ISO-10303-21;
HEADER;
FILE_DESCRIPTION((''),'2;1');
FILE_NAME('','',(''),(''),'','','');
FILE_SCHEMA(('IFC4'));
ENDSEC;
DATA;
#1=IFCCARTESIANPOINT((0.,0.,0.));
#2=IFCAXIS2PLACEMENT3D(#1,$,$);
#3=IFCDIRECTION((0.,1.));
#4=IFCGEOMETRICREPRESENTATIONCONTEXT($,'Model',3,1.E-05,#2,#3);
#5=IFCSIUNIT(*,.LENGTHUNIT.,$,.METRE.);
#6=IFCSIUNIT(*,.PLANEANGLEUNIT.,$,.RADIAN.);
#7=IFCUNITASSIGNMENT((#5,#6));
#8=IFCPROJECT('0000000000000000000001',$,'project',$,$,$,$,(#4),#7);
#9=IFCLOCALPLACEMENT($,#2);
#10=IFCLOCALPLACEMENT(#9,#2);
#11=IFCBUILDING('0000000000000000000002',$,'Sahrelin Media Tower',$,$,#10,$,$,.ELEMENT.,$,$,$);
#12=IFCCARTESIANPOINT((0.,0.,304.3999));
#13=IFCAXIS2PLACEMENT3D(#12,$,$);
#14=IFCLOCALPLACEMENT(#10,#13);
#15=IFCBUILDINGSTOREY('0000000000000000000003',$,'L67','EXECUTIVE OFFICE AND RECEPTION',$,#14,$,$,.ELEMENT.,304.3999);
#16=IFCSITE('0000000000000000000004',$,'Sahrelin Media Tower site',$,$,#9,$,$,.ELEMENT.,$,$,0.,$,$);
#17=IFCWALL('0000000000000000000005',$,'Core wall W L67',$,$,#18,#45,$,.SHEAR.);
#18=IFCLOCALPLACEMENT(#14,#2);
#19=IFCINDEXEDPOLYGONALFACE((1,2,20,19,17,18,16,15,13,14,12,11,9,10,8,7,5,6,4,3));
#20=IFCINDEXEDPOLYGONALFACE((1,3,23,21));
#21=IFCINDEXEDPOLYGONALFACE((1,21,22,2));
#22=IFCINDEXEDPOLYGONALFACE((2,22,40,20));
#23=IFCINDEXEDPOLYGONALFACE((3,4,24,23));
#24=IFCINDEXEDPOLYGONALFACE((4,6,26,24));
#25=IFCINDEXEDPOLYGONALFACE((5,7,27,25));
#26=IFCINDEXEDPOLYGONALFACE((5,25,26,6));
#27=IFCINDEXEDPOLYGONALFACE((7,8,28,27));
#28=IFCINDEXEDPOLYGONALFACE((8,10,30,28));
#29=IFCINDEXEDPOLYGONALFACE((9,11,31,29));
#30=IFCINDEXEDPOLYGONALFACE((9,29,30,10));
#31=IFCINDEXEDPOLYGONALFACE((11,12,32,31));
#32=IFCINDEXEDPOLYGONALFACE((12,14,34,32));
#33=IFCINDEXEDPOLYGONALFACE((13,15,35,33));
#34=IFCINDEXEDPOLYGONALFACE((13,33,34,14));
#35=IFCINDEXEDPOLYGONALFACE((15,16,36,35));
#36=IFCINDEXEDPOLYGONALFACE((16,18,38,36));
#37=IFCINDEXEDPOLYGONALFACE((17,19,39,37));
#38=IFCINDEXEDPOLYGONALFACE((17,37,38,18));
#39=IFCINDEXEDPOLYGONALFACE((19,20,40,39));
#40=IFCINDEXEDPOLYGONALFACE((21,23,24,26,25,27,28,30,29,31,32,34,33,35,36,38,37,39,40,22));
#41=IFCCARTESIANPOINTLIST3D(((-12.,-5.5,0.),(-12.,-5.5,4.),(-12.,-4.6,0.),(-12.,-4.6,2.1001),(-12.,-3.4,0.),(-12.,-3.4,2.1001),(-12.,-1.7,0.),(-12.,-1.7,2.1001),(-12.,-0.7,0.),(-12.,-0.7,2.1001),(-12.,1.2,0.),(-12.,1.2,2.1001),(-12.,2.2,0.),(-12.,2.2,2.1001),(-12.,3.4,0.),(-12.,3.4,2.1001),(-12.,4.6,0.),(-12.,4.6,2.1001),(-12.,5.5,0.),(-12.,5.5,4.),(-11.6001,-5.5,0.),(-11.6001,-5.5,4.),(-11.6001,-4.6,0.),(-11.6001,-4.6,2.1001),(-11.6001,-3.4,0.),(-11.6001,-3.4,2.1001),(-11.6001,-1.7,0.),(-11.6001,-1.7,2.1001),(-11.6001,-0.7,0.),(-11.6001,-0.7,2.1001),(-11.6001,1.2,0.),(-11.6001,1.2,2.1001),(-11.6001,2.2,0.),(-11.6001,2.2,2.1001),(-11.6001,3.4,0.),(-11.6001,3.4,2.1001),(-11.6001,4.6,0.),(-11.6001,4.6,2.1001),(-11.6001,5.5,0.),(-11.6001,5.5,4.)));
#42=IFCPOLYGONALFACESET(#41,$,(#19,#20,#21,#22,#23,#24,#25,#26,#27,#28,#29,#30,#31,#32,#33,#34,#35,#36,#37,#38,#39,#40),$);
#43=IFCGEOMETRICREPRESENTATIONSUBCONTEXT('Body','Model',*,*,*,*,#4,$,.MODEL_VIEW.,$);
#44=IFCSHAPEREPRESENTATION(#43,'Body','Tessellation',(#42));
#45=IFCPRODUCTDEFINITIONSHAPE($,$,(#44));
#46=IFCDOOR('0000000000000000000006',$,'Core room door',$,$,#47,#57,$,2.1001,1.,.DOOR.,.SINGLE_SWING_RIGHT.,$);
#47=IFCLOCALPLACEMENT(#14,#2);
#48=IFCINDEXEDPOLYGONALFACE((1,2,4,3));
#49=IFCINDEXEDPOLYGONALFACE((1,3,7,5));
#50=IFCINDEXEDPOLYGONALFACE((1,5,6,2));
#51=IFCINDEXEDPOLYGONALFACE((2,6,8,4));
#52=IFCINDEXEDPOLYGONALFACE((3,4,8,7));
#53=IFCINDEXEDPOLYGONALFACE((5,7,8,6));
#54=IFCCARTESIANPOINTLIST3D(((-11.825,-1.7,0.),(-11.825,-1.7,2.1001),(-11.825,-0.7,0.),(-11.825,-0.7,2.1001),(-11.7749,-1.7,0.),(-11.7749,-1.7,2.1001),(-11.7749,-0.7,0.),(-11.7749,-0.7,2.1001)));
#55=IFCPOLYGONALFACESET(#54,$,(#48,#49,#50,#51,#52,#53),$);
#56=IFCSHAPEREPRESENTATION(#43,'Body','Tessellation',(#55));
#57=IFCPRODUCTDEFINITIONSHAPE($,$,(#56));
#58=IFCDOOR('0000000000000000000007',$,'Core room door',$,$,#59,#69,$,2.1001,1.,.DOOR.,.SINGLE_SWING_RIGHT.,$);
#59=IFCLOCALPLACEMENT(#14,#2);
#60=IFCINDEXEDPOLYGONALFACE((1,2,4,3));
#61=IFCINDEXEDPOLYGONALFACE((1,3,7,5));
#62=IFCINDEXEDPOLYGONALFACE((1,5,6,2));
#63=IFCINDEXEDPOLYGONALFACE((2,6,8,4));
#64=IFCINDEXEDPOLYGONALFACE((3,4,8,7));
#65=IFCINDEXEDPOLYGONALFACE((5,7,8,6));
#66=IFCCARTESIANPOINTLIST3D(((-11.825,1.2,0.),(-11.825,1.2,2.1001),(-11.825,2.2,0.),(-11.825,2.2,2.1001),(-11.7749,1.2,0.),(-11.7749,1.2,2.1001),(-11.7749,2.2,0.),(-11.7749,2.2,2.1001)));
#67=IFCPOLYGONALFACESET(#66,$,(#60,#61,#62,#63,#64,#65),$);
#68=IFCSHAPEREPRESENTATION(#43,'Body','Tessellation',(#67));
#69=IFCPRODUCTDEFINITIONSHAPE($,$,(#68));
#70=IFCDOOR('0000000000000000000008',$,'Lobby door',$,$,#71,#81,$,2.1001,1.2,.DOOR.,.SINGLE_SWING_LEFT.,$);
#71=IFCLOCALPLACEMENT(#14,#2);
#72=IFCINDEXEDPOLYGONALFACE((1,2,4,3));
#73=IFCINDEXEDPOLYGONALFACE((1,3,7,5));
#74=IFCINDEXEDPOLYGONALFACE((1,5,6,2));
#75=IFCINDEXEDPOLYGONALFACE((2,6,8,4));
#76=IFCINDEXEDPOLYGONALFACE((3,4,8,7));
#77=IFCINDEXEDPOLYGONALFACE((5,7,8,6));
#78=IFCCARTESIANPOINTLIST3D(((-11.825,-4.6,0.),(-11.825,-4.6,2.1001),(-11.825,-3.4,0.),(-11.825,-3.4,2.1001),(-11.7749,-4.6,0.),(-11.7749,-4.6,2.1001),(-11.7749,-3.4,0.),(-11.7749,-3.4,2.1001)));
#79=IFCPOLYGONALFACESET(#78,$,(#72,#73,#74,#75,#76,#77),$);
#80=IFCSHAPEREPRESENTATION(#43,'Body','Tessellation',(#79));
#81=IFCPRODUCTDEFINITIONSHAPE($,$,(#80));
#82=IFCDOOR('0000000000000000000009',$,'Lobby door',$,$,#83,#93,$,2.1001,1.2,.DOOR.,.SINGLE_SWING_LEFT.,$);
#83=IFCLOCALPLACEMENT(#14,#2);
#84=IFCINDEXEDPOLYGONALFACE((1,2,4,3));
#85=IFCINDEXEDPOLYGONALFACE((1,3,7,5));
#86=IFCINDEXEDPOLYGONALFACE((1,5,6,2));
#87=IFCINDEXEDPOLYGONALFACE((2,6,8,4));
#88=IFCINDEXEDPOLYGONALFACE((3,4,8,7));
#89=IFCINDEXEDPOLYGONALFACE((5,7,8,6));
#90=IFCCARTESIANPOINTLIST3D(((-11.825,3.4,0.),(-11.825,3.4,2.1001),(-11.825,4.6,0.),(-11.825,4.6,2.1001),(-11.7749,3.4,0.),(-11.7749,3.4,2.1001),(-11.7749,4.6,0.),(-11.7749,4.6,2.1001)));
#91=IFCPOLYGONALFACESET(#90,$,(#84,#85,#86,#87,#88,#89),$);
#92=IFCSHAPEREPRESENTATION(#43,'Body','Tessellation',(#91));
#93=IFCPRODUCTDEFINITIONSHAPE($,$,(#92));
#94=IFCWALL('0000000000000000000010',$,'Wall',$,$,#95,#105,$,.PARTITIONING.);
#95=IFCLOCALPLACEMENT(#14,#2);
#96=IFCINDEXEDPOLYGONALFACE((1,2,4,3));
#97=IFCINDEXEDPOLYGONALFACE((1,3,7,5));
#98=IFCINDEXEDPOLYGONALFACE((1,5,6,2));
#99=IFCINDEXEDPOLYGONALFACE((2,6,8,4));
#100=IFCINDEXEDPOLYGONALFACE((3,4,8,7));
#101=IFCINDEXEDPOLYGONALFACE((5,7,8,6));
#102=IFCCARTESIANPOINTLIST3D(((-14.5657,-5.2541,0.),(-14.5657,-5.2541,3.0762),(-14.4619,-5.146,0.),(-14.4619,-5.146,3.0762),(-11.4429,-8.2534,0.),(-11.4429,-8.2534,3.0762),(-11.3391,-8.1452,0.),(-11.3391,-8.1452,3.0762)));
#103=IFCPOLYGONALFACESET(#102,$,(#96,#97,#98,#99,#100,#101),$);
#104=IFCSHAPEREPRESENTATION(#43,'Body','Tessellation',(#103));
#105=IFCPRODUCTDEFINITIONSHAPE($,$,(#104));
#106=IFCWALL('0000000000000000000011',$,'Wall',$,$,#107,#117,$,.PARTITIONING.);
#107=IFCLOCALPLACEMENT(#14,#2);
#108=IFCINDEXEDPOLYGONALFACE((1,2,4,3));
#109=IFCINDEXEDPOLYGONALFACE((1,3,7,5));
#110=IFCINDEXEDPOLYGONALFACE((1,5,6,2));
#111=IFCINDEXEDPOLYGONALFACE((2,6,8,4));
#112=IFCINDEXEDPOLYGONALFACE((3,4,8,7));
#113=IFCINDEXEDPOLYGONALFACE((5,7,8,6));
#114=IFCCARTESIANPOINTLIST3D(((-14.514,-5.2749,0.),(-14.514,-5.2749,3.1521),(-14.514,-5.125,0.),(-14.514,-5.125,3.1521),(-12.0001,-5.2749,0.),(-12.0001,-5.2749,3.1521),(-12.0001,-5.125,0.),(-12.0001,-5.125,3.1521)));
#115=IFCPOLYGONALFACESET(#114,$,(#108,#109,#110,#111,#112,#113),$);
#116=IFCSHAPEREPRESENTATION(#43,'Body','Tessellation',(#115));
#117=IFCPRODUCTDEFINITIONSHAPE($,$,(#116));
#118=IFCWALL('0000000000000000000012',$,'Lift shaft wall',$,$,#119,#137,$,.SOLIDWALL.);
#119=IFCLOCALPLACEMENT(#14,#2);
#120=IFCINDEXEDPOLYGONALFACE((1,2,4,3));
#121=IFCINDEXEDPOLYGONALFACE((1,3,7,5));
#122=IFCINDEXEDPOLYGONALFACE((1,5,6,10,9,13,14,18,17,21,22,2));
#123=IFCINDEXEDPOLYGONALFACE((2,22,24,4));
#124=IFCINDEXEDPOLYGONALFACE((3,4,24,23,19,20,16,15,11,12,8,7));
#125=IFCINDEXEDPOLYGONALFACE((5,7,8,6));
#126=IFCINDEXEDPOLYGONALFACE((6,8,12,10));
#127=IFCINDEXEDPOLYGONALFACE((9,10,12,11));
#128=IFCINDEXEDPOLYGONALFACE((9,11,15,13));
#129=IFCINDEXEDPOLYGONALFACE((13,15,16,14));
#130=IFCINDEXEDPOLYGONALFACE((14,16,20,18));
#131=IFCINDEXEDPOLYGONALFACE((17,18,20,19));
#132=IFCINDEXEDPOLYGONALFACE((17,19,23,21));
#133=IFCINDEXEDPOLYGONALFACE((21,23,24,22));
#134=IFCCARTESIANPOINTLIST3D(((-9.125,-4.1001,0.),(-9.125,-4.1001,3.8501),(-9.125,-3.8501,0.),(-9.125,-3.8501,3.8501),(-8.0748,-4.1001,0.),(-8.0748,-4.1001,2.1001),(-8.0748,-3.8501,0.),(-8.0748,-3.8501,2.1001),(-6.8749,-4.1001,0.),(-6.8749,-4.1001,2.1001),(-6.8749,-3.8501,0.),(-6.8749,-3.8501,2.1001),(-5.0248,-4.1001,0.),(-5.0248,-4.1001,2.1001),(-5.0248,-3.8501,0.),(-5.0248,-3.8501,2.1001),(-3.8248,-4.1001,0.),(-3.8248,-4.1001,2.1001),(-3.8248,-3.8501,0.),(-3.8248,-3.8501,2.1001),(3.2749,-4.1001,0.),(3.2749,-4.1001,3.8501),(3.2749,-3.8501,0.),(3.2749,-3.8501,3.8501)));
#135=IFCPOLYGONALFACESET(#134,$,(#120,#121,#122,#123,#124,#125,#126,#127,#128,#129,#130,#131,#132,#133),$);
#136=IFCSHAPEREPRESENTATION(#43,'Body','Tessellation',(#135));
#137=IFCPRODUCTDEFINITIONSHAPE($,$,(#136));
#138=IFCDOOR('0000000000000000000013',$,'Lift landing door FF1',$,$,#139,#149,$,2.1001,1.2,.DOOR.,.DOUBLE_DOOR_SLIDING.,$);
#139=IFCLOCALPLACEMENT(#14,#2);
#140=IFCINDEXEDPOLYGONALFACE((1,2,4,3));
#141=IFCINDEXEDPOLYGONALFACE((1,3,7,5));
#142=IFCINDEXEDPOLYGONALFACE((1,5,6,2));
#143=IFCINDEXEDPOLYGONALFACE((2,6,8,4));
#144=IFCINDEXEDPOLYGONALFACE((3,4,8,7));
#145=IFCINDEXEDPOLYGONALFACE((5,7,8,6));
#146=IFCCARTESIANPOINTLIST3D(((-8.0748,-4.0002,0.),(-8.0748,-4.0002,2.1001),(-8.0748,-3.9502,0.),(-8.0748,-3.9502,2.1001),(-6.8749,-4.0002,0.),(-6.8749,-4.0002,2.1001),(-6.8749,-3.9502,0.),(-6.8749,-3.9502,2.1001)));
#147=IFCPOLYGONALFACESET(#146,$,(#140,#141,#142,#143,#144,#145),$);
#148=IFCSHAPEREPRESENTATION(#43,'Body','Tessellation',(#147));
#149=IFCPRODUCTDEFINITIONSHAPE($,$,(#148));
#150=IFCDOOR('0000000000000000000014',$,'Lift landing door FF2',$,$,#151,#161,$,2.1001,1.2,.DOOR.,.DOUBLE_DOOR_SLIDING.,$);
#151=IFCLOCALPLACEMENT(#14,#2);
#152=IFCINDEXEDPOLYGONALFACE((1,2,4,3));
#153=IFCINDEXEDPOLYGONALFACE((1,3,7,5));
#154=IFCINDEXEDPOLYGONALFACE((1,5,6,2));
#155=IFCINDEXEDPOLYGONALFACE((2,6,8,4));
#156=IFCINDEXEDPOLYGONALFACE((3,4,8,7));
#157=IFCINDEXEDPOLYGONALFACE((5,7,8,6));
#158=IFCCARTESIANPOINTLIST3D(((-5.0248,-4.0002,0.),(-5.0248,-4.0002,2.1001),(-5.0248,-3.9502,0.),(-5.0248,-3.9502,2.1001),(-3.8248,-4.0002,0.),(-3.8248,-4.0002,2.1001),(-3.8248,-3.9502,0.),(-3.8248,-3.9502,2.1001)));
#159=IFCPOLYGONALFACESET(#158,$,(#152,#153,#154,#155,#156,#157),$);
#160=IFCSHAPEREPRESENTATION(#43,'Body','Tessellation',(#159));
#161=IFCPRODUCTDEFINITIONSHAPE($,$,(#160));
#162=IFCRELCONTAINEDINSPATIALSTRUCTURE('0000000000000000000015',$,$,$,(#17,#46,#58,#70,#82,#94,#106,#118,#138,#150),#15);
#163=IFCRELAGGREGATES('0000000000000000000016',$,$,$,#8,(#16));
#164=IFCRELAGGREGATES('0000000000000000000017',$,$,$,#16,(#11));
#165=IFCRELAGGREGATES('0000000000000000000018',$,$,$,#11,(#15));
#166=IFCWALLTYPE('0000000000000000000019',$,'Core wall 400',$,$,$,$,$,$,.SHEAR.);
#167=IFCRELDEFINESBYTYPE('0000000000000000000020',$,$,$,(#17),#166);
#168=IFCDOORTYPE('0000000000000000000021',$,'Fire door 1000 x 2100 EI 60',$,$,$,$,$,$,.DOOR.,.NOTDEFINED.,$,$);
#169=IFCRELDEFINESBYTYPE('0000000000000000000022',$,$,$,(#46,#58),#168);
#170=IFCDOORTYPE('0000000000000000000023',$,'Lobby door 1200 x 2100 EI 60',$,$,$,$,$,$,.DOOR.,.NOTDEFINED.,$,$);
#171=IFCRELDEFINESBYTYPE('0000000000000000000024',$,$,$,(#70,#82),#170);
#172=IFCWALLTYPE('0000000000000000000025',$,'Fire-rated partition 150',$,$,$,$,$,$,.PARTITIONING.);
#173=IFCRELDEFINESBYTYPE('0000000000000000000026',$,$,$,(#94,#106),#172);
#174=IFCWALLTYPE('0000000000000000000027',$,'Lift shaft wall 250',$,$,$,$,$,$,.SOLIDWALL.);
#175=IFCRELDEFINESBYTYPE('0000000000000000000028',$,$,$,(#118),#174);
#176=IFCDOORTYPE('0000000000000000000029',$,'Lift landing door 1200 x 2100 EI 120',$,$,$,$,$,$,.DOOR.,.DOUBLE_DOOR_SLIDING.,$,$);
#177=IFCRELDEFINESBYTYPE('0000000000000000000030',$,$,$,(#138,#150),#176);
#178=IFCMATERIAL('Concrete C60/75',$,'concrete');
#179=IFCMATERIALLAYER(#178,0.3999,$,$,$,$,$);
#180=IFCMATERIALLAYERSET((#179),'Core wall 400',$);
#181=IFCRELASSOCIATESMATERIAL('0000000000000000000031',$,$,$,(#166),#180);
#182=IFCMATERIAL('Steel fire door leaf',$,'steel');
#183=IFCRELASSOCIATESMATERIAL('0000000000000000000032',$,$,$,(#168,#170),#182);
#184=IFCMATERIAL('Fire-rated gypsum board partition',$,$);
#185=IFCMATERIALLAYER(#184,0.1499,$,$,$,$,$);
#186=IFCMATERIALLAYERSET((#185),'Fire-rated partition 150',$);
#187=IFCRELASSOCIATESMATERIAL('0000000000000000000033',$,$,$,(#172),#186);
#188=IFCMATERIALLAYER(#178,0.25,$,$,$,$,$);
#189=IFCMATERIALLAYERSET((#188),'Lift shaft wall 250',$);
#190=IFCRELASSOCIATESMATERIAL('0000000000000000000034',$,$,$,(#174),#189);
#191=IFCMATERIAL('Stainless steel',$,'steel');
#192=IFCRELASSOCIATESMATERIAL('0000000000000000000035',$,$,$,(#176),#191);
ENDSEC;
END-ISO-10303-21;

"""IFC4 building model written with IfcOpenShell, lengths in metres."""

from ifc_helpers import new_model, si_unit, direction, frame, frame_2d, origin, place, context, subcontext, project, spatial, rectangle, extrude, material, layer, layer_set, type_object, element, fill, save


model = new_model("IFC4")

# Units and contexts
model_context = context("Model", 3, precision=1e-05, world=origin(), true_north=direction((0.0, 1.0)))
body_context = subcontext(model_context, "Body", "Model", "MODEL_VIEW")
ifc_project = project(units=[si_unit("LENGTHUNIT", "METRE"), si_unit("PLANEANGLEUNIT", "RADIAN")], contexts=[model_context])

# Site, building, storey
site_placement = place(None, origin())
site = spatial("IfcSite", under=ifc_project, at=site_placement, Name="Sahrelin Media Tower site", CompositionType="ELEMENT", RefElevation=0.0)
building_placement = place(site_placement, origin())
building = spatial("IfcBuilding", under=site, at=building_placement, Name="Sahrelin Media Tower", CompositionType="ELEMENT")
storey_placement = place(building_placement, frame((0.0, 0.0, 304.3999)))
storey = spatial("IfcBuildingStorey", under=building, at=storey_placement, Name="L67", Description="EXECUTIVE OFFICE AND RECEPTION", CompositionType="ELEMENT", Elevation=304.3999)

# Shared definitions
ifc_material_1 = material(Name="Concrete C60/75", Category="concrete")
ifc_layer_1 = layer(ifc_material_1, 0.3999)
ifc_layer_set_1 = layer_set([ifc_layer_1], Name="Core wall 400")
wall_type_1 = type_object("IfcWallType", Name="Core wall 400", PredefinedType="SHEAR", material=ifc_layer_set_1)

# Wall, openings, doors
wall_1_placement = place(storey_placement, frame((-11.8, -5.5, 0.0), z_axis=(0.0, 0.0, 1.0), x_axis=(0.0, 1.0, 0.0)))
wall_1 = element("IfcWall", 1, at=wall_1_placement, inside=storey, type_object=wall_type_1, Name="Core wall W L67", PredefinedType="SHEAR", context=body_context, shape_type="SweptSolid", body=[
    extrude(rectangle(XDim=11.0, YDim=0.3999, at=frame_2d((5.5, 0.0))), origin(), (0.0, 0.0, 1.0), 4.0),
])
opening_1_placement = place(wall_1_placement, frame((3.8, 0.0, 0.0)))
opening_1 = element("IfcOpeningElement", 2, at=opening_1_placement, cuts=wall_1, PredefinedType="OPENING", context=body_context, shape_type="SweptSolid", body=[
    extrude(rectangle(XDim=1.0, YDim=2.1001, at=frame_2d((0.5, 1.05))), frame((0.0, 0.2, 0.0), z_axis=(0.0, -1.0, 0.0), x_axis=(1.0, 0.0, 0.0)), (0.0, 0.0, 1.0), 0.3999),
])
opening_2_placement = place(wall_1_placement, frame((6.7, 0.0, 0.0)))
opening_2 = element("IfcOpeningElement", 3, at=opening_2_placement, cuts=wall_1, PredefinedType="OPENING", context=body_context, shape_type="SweptSolid", body=[
    extrude(rectangle(XDim=1.0, YDim=2.1001, at=frame_2d((0.5, 1.05))), frame((0.0, 0.2, 0.0), z_axis=(0.0, -1.0, 0.0), x_axis=(1.0, 0.0, 0.0)), (0.0, 0.0, 1.0), 0.3999),
])
opening_3_placement = place(wall_1_placement, frame((0.8999, 0.0, 0.0)))
opening_3 = element("IfcOpeningElement", 4, at=opening_3_placement, cuts=wall_1, PredefinedType="OPENING", context=body_context, shape_type="SweptSolid", body=[
    extrude(rectangle(XDim=1.2, YDim=2.1001, at=frame_2d((0.6001, 1.05))), frame((0.0, 0.2, 0.0), z_axis=(0.0, -1.0, 0.0), x_axis=(1.0, 0.0, 0.0)), (0.0, 0.0, 1.0), 0.3999),
])
opening_4_placement = place(wall_1_placement, frame((8.8999, 0.0, 0.0)))
opening_4 = element("IfcOpeningElement", 5, at=opening_4_placement, cuts=wall_1, PredefinedType="OPENING", context=body_context, shape_type="SweptSolid", body=[
    extrude(rectangle(XDim=1.2, YDim=2.1001, at=frame_2d((0.6001, 1.05))), frame((0.0, 0.2, 0.0), z_axis=(0.0, -1.0, 0.0), x_axis=(1.0, 0.0, 0.0)), (0.0, 0.0, 1.0), 0.3999),
])
ifc_material_2 = material(Name="Steel fire door leaf", Category="steel")
door_type_1 = type_object("IfcDoorType", Name="Fire door 1000 x 2100 EI 60", OperationType="NOTDEFINED", PredefinedType="DOOR", material=ifc_material_2)
door_1_placement = place(opening_1_placement, origin())
door_1 = element("IfcDoor", 6, at=door_1_placement, inside=storey, type_object=door_type_1, Name="Core room door", OperationType="SINGLE_SWING_RIGHT", OverallHeight=2.1001, OverallWidth=1.0, PredefinedType="DOOR", context=body_context, shape_type="SweptSolid", body=[
    extrude(rectangle(XDim=1.0, YDim=2.1001, at=frame_2d((0.5, 1.05))), frame((0.0, 0.0249, 0.0), z_axis=(0.0, -1.0, 0.0), x_axis=(1.0, 0.0, 0.0)), (0.0, 0.0, 1.0), 0.05),
])
fill(opening_1, door_1)
door_2_placement = place(opening_2_placement, origin())
door_2 = element("IfcDoor", 7, at=door_2_placement, inside=storey, type_object=door_type_1, Name="Core room door", OperationType="SINGLE_SWING_RIGHT", OverallHeight=2.1001, OverallWidth=1.0, PredefinedType="DOOR", context=body_context, shape_type="SweptSolid", body=[
    extrude(rectangle(XDim=1.0, YDim=2.1001, at=frame_2d((0.5, 1.05))), frame((0.0, 0.0249, 0.0), z_axis=(0.0, -1.0, 0.0), x_axis=(1.0, 0.0, 0.0)), (0.0, 0.0, 1.0), 0.05),
])
fill(opening_2, door_2)
door_type_2 = type_object("IfcDoorType", Name="Lobby door 1200 x 2100 EI 60", OperationType="NOTDEFINED", PredefinedType="DOOR", material=ifc_material_2)
door_3_placement = place(opening_3_placement, origin())
door_3 = element("IfcDoor", 8, at=door_3_placement, inside=storey, type_object=door_type_2, Name="Lobby door", OperationType="SINGLE_SWING_LEFT", OverallHeight=2.1001, OverallWidth=1.2, PredefinedType="DOOR", context=body_context, shape_type="SweptSolid", body=[
    extrude(rectangle(XDim=1.2, YDim=2.1001, at=frame_2d((0.6001, 1.05))), frame((0.0, 0.0249, 0.0), z_axis=(0.0, -1.0, 0.0), x_axis=(1.0, 0.0, 0.0)), (0.0, 0.0, 1.0), 0.05),
])
fill(opening_3, door_3)
door_4_placement = place(opening_4_placement, origin())
door_4 = element("IfcDoor", 9, at=door_4_placement, inside=storey, type_object=door_type_2, Name="Lobby door", OperationType="SINGLE_SWING_LEFT", OverallHeight=2.1001, OverallWidth=1.2, PredefinedType="DOOR", context=body_context, shape_type="SweptSolid", body=[
    extrude(rectangle(XDim=1.2, YDim=2.1001, at=frame_2d((0.6001, 1.05))), frame((0.0, 0.0249, 0.0), z_axis=(0.0, -1.0, 0.0), x_axis=(1.0, 0.0, 0.0)), (0.0, 0.0, 1.0), 0.05),
])
fill(opening_4, door_4)

# Walls
ifc_material_3 = material(Name="Fire-rated gypsum board partition")
ifc_layer_2 = layer(ifc_material_3, 0.1499)
ifc_layer_set_2 = layer_set([ifc_layer_2], Name="Fire-rated partition 150")
wall_type_2 = type_object("IfcWallType", Name="Fire-rated partition 150", PredefinedType="PARTITIONING", material=ifc_layer_set_2)
wall_2_placement = place(storey_placement, frame((-14.5139, -5.2, 0.0), z_axis=(0.0, 0.0, 1.0), x_axis=(0.721228, -0.692697, 0.0)))
element("IfcWall", 10, at=wall_2_placement, inside=storey, type_object=wall_type_2, Name="Wall", PredefinedType="PARTITIONING", context=body_context, shape_type="SweptSolid", body=[
    extrude(rectangle(XDim=4.3298, YDim=0.1499, at=frame_2d((2.165, 0.0))), origin(), (0.0, 0.0, 1.0), 3.0762),
])
wall_3_placement = place(storey_placement, frame((-14.5139, -5.2, 0.0), z_axis=(0.0, 0.0, 1.0), x_axis=(1.0, 0.0, 0.0)))
element("IfcWall", 11, at=wall_3_placement, inside=storey, type_object=wall_type_2, Name="Wall", PredefinedType="PARTITIONING", context=body_context, shape_type="SweptSolid", body=[
    extrude(rectangle(XDim=2.5139, YDim=0.1499, at=frame_2d((1.2568, 0.0))), origin(), (0.0, 0.0, 1.0), 3.1521),
])

# Wall, openings, doors
ifc_layer_3 = layer(ifc_material_1, 0.25)
ifc_layer_set_3 = layer_set([ifc_layer_3], Name="Lift shaft wall 250")
wall_type_3 = type_object("IfcWallType", Name="Lift shaft wall 250", PredefinedType="SOLIDWALL", material=ifc_layer_set_3)
wall_4_placement = place(storey_placement, frame((-9.125, -3.9751, 0.0), z_axis=(0.0, 0.0, 1.0), x_axis=(1.0, 0.0, 0.0)))
wall_4 = element("IfcWall", 12, at=wall_4_placement, inside=storey, type_object=wall_type_3, Name="Lift shaft wall", PredefinedType="SOLIDWALL", context=body_context, shape_type="SweptSolid", body=[
    extrude(rectangle(XDim=12.3999, YDim=0.25, at=frame_2d((6.2, 0.0))), origin(), (0.0, 0.0, 1.0), 3.8501),
])
opening_5_placement = place(wall_4_placement, frame((1.05, 0.0, 0.0)))
opening_5 = element("IfcOpeningElement", 13, at=opening_5_placement, cuts=wall_4, PredefinedType="OPENING", context=body_context, shape_type="SweptSolid", body=[
    extrude(rectangle(XDim=1.2, YDim=2.1001, at=frame_2d((0.6001, 1.05))), frame((0.0, 0.125, 0.0), z_axis=(0.0, -1.0, 0.0), x_axis=(1.0, 0.0, 0.0)), (0.0, 0.0, 1.0), 0.25),
])
opening_6_placement = place(wall_4_placement, frame((4.1001, 0.0, 0.0)))
opening_6 = element("IfcOpeningElement", 14, at=opening_6_placement, cuts=wall_4, PredefinedType="OPENING", context=body_context, shape_type="SweptSolid", body=[
    extrude(rectangle(XDim=1.2, YDim=2.1001, at=frame_2d((0.6001, 1.05))), frame((0.0, 0.125, 0.0), z_axis=(0.0, -1.0, 0.0), x_axis=(1.0, 0.0, 0.0)), (0.0, 0.0, 1.0), 0.25),
])
ifc_material_4 = material(Name="Stainless steel", Category="steel")
door_type_3 = type_object("IfcDoorType", Name="Lift landing door 1200 x 2100 EI 120", OperationType="DOUBLE_DOOR_SLIDING", PredefinedType="DOOR", material=ifc_material_4)
door_5_placement = place(opening_5_placement, origin())
door_5 = element("IfcDoor", 15, at=door_5_placement, inside=storey, type_object=door_type_3, Name="Lift landing door FF1", OperationType="DOUBLE_DOOR_SLIDING", OverallHeight=2.1001, OverallWidth=1.2, PredefinedType="DOOR", context=body_context, shape_type="SweptSolid", body=[
    extrude(rectangle(XDim=1.2, YDim=2.1001, at=frame_2d((0.6001, 1.05))), frame((0.0, 0.0249, 0.0), z_axis=(0.0, -1.0, 0.0), x_axis=(1.0, 0.0, 0.0)), (0.0, 0.0, 1.0), 0.05),
])
fill(opening_5, door_5)
door_6_placement = place(opening_6_placement, origin())
door_6 = element("IfcDoor", 16, at=door_6_placement, inside=storey, type_object=door_type_3, Name="Lift landing door FF2", OperationType="DOUBLE_DOOR_SLIDING", OverallHeight=2.1001, OverallWidth=1.2, PredefinedType="DOOR", context=body_context, shape_type="SweptSolid", body=[
    extrude(rectangle(XDim=1.2, YDim=2.1001, at=frame_2d((0.6001, 1.05))), frame((0.0, 0.0249, 0.0), z_axis=(0.0, -1.0, 0.0), x_axis=(1.0, 0.0, 0.0)), (0.0, 0.0, 1.0), 0.05),
])
fill(opening_6, door_6)

save(model, "model.ifc")
